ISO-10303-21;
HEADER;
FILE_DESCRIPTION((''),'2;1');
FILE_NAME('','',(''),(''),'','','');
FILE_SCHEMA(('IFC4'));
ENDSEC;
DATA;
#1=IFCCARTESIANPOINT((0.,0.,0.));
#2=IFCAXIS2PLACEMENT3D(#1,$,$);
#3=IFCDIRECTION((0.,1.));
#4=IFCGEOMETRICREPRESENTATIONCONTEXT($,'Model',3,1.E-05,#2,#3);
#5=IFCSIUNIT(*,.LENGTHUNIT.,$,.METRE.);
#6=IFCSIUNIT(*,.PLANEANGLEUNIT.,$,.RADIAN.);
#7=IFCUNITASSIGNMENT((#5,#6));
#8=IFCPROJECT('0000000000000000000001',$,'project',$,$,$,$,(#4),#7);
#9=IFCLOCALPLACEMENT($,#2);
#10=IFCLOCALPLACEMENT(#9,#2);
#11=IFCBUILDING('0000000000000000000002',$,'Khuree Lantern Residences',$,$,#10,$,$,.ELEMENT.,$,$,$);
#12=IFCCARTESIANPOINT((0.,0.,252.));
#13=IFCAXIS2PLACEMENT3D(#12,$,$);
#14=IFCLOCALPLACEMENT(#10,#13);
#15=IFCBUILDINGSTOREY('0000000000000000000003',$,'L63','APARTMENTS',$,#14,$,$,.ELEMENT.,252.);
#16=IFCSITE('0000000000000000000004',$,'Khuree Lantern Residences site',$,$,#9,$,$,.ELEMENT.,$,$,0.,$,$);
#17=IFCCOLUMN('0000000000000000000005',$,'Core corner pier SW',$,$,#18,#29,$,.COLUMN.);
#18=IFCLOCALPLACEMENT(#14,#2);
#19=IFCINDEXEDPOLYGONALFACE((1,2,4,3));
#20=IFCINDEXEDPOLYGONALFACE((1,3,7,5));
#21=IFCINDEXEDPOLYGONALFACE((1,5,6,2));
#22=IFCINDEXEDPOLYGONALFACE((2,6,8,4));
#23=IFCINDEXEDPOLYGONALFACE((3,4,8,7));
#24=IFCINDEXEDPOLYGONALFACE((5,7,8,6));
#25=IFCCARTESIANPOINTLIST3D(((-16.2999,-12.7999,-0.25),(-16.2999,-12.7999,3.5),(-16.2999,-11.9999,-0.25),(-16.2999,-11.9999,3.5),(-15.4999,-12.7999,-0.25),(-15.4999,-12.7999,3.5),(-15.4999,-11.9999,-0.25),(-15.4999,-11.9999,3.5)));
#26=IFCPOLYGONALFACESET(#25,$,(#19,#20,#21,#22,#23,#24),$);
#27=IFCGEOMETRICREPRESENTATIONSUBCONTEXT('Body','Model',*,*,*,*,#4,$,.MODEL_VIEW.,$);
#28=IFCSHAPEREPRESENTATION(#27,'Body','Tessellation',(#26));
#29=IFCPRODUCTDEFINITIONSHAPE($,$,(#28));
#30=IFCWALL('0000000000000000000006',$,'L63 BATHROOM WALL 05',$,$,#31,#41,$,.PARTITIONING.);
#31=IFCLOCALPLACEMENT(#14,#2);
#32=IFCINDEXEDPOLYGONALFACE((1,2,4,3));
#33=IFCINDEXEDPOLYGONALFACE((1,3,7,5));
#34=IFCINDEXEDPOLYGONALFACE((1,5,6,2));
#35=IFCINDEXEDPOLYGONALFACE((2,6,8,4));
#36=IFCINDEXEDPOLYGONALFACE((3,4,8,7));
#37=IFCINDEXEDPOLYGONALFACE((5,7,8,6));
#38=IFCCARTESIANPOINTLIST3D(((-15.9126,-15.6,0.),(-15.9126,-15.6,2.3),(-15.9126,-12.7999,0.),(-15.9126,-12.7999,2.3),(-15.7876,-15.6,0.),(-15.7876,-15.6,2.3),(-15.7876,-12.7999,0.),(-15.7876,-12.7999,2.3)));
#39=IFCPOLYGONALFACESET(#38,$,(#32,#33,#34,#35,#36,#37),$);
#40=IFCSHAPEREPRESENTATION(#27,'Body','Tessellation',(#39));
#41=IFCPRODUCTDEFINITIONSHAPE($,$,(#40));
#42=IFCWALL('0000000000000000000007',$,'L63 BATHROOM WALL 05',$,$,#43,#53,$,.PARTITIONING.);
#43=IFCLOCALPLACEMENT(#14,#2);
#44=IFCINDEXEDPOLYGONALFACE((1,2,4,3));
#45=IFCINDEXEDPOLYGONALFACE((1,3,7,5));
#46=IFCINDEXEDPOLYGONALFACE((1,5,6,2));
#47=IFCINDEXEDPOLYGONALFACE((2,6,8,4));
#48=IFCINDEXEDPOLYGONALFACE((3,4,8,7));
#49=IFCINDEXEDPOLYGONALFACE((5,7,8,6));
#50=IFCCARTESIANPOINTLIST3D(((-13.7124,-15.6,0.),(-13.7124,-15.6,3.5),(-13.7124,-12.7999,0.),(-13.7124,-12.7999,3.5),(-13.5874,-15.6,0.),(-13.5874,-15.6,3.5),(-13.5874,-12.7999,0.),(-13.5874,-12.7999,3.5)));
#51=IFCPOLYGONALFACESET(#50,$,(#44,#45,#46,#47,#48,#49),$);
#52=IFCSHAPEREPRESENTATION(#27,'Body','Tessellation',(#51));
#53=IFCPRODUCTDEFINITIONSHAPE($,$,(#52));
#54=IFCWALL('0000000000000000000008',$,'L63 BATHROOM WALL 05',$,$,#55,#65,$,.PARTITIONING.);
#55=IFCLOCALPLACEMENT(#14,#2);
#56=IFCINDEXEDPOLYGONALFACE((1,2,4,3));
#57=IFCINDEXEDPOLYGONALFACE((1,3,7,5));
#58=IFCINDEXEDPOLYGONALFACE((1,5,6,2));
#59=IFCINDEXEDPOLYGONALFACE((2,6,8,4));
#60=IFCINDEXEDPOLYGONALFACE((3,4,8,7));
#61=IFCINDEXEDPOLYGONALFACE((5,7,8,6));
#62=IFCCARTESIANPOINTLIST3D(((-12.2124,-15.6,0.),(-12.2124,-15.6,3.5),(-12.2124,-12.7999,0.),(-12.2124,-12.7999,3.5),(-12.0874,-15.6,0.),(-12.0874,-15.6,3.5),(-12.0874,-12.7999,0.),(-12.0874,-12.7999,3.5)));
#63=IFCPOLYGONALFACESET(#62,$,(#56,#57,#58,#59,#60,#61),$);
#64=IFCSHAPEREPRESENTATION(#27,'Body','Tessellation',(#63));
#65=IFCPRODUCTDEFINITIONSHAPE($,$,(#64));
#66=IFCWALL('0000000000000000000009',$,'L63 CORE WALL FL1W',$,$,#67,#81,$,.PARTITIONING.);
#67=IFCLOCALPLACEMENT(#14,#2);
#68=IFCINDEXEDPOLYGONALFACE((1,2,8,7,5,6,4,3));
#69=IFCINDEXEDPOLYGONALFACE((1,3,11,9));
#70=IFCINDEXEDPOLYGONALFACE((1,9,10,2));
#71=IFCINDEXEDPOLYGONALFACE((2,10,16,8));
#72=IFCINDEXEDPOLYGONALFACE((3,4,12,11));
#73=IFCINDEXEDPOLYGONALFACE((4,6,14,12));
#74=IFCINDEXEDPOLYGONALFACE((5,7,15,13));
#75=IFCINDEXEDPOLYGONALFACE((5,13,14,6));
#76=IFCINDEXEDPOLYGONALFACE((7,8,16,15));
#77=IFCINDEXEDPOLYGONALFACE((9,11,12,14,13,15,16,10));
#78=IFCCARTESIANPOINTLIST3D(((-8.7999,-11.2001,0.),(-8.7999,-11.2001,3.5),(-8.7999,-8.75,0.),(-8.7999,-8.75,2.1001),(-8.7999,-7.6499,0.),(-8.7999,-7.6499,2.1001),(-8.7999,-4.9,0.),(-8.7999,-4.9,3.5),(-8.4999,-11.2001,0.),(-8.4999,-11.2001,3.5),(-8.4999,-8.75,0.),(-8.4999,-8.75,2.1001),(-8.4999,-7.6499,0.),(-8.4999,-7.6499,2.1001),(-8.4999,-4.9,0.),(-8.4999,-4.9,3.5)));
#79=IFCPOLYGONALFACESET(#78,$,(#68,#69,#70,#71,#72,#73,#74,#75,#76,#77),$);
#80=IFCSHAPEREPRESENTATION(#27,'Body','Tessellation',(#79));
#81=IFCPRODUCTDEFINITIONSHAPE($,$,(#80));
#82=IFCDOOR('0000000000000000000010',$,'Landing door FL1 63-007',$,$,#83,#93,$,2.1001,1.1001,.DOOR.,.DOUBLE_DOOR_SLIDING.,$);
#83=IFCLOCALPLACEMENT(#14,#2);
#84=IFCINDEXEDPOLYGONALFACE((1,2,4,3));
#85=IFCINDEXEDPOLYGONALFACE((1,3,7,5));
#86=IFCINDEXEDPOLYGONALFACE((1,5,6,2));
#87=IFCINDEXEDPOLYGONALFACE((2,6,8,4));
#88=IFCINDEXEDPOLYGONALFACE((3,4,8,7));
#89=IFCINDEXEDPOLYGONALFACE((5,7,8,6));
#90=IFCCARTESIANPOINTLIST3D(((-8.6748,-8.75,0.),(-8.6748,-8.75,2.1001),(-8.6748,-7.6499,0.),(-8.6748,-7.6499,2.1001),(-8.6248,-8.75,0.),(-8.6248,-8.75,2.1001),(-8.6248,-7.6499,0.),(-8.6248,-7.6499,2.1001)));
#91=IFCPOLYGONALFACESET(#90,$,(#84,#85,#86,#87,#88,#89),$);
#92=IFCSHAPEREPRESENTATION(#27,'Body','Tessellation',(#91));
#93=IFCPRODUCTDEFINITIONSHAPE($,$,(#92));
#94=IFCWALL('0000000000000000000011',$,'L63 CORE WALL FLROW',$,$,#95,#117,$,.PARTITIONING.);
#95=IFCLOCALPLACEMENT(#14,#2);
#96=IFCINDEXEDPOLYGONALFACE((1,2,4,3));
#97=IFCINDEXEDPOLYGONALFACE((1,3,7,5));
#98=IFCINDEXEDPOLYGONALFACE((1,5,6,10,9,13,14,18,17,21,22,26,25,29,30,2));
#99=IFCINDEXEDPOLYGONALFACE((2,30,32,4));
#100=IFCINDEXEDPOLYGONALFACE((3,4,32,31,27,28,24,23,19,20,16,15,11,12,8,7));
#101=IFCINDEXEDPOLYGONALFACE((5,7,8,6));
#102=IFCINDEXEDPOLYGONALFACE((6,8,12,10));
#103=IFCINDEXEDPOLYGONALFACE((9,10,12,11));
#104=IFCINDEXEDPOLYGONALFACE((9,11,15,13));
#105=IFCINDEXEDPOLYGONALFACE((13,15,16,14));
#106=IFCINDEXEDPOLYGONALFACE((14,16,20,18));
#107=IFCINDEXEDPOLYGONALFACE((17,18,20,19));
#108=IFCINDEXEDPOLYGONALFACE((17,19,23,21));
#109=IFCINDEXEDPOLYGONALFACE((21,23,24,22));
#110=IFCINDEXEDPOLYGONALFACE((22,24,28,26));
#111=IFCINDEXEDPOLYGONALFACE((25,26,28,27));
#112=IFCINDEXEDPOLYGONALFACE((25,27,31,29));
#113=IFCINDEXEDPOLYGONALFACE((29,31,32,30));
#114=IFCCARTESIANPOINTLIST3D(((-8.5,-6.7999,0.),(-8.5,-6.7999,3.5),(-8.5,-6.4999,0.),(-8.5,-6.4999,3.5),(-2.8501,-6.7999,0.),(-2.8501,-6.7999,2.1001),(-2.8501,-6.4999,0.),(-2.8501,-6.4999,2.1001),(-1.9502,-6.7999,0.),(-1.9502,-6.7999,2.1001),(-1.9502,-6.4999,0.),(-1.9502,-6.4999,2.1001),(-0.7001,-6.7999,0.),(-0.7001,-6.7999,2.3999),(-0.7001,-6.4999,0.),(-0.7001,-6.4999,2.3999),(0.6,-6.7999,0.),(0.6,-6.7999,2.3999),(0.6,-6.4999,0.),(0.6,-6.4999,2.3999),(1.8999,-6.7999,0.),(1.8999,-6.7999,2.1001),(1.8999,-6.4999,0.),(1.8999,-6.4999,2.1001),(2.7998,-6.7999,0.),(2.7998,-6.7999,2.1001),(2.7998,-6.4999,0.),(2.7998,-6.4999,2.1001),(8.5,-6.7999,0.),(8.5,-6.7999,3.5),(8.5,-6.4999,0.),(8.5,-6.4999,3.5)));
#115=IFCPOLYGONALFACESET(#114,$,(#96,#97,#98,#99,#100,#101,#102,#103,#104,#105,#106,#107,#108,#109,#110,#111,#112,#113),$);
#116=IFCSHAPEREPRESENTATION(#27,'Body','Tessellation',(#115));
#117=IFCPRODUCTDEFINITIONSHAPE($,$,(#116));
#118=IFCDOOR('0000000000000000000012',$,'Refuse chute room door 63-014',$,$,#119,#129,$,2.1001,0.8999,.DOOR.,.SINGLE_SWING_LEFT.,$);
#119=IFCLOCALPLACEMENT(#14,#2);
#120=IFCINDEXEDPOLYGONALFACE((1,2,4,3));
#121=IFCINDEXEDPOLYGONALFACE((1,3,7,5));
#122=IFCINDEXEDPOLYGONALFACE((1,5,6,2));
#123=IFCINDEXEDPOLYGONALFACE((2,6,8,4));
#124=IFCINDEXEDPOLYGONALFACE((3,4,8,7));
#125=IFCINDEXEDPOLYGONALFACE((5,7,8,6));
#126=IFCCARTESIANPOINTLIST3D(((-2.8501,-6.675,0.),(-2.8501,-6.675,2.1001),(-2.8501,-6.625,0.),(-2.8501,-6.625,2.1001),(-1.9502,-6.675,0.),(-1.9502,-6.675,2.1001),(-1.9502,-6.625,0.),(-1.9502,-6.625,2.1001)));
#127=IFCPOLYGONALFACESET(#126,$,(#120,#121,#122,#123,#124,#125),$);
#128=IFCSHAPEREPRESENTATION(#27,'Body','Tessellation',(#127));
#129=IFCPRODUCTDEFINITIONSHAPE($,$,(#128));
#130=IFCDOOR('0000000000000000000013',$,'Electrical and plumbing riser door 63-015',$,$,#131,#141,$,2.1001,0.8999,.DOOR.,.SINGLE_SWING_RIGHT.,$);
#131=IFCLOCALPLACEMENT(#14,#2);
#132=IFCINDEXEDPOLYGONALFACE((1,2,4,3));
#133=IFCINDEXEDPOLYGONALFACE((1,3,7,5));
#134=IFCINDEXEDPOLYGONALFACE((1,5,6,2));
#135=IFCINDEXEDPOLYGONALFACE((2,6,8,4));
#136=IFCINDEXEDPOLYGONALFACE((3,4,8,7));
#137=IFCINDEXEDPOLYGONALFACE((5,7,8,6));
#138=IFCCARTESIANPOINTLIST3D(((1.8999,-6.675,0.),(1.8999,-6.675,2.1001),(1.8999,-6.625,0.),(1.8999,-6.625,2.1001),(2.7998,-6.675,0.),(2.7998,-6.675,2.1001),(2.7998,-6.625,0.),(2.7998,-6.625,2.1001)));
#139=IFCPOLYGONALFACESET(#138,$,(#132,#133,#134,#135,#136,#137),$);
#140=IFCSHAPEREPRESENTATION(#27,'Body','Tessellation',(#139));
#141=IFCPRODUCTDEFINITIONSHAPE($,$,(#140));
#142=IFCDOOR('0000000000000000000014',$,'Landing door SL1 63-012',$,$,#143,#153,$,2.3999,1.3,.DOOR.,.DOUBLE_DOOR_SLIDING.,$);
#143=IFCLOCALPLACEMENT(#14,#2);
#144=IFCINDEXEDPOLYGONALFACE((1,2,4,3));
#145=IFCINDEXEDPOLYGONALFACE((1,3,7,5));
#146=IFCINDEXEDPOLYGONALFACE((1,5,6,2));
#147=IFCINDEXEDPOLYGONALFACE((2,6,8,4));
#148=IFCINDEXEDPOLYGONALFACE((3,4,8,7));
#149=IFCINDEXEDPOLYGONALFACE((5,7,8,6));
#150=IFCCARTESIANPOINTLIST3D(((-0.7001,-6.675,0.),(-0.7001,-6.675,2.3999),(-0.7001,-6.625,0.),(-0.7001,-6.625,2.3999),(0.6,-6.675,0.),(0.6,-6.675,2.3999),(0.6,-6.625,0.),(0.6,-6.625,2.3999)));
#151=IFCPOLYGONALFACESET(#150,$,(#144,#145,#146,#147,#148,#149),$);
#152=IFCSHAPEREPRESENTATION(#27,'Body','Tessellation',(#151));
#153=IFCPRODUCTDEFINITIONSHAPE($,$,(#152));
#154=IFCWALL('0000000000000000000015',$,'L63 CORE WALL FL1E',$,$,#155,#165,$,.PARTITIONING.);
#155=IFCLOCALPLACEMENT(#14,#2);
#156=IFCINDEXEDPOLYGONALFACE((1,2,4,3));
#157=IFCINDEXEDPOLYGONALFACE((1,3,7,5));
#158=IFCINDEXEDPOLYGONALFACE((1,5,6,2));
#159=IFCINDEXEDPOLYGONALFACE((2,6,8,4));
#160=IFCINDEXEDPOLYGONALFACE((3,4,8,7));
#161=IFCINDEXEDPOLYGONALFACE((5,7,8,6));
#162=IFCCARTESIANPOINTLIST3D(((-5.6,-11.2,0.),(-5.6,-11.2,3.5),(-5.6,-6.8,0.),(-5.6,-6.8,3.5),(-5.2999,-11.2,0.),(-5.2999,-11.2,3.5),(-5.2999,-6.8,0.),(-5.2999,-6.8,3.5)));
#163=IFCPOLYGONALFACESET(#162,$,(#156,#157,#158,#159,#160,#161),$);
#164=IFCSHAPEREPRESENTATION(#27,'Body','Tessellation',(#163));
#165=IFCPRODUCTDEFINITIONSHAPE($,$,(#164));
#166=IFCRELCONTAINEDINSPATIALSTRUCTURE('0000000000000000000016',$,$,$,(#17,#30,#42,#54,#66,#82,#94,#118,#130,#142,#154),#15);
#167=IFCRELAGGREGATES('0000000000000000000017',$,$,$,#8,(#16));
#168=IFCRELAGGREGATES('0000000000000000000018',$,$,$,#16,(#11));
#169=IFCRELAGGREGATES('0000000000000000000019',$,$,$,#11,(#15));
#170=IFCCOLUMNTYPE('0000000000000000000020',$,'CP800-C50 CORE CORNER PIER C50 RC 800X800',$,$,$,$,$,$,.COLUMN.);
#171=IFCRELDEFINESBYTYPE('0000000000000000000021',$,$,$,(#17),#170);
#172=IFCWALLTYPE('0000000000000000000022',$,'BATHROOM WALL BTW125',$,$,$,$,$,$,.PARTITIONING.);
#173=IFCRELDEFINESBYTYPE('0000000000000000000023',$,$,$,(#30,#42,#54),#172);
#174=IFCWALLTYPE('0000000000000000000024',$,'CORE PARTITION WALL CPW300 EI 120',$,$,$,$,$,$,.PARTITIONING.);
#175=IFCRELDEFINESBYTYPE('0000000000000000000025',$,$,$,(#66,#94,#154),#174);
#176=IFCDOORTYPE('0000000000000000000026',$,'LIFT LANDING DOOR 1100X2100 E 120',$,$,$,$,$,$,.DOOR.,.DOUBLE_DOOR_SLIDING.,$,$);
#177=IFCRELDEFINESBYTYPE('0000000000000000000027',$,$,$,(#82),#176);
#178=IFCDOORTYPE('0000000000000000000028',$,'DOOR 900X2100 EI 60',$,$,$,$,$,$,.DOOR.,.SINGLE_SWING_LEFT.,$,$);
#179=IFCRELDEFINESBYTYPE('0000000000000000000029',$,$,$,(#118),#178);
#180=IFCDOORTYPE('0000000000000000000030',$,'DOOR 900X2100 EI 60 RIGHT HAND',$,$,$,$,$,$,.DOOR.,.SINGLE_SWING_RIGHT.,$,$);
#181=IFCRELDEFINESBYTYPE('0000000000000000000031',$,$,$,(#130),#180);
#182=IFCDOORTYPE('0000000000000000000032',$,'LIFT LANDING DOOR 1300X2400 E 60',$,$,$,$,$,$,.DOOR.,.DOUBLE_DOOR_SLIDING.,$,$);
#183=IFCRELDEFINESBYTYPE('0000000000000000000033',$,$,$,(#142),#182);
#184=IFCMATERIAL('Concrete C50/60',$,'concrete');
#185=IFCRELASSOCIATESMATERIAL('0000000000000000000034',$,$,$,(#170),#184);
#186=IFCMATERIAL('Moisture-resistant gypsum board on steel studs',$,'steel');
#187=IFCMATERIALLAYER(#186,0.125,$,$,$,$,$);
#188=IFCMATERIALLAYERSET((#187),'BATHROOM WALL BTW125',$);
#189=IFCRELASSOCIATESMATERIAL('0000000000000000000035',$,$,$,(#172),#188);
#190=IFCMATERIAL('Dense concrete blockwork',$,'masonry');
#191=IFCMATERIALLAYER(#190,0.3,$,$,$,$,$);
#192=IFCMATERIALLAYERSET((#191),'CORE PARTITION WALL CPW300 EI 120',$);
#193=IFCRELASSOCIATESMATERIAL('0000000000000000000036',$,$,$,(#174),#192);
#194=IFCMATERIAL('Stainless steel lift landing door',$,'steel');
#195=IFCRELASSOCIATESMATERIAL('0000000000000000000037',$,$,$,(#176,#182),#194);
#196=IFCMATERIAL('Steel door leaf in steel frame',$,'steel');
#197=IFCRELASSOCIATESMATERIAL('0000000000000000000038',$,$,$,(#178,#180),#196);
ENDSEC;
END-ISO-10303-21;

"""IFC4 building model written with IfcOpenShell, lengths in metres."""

from ifc_helpers import new_model, si_unit, direction, frame, frame_2d, origin, origin_2d, place, context, subcontext, project, spatial, rectangle, extrude, material, layer, layer_set, material_profile, profile_set, type_object, element, fill, save


model = new_model("IFC4")

# Units and contexts
model_context = context("Model", 3, precision=1e-05, world=origin(), true_north=direction((0.0, 1.0)))
body_context = subcontext(model_context, "Body", "Model", "MODEL_VIEW")
ifc_project = project(units=[si_unit("LENGTHUNIT", "METRE"), si_unit("PLANEANGLEUNIT", "RADIAN")], contexts=[model_context])

# Site, building, storey
site_placement = place(None, origin())
site = spatial("IfcSite", under=ifc_project, at=site_placement, Name="Khuree Lantern Residences site", CompositionType="ELEMENT", RefElevation=0.0)
building_placement = place(site_placement, origin())
building = spatial("IfcBuilding", under=site, at=building_placement, Name="Khuree Lantern Residences", CompositionType="ELEMENT")
storey_placement = place(building_placement, frame((0.0, 0.0, 252.0)))
storey = spatial("IfcBuildingStorey", under=building, at=storey_placement, Name="L63", Description="APARTMENTS", CompositionType="ELEMENT", Elevation=252.0)

# Column
ifc_material_1 = material(Name="Concrete C50/60", Category="concrete")
ifc_material_profile = material_profile(ifc_material_1, rectangle(XDim=0.8, YDim=0.8, at=origin_2d()), Name="RC 800X800")
ifc_profile_set = profile_set([ifc_material_profile], Name="Concrete C50/60")
column_type = type_object("IfcColumnType", Name="CP800-C50 CORE CORNER PIER C50 RC 800X800", PredefinedType="COLUMN", material=ifc_profile_set)
column_placement = place(storey_placement, frame((-15.8999, -12.3999, -0.25), z_axis=(0.0, 0.0, 1.0), x_axis=(1.0, 0.0, 0.0)))
element("IfcColumn", 1, at=column_placement, inside=storey, type_object=column_type, Name="Core corner pier SW", PredefinedType="COLUMN", context=body_context, shape_type="SweptSolid", body=[
    extrude(rectangle(XDim=0.8, YDim=0.8, at=origin_2d()), origin(), (0.0, 0.0, 1.0), 3.75),
])

# Walls
ifc_material_2 = material(Name="Moisture-resistant gypsum board on steel studs", Category="steel")
ifc_layer_1 = layer(ifc_material_2, 0.125)
ifc_layer_set_1 = layer_set([ifc_layer_1], Name="BATHROOM WALL BTW125")
wall_type_1 = type_object("IfcWallType", Name="BATHROOM WALL BTW125", PredefinedType="PARTITIONING", material=ifc_layer_set_1)
wall_1_placement = place(storey_placement, frame((-15.8501, -12.8, 0.0), z_axis=(0.0, 0.0, 1.0), x_axis=(0.0, -1.0, 0.0)))
element("IfcWall", 2, at=wall_1_placement, inside=storey, type_object=wall_type_1, Name="L63 BATHROOM WALL 05", PredefinedType="PARTITIONING", context=body_context, shape_type="SweptSolid", body=[
    extrude(rectangle(XDim=2.8, YDim=0.125, at=frame_2d((1.3999, 0.0))), origin(), (0.0, 0.0, 1.0), 2.3),
])
for number, where, z_axis, x_axis, name in (
    (3, (-13.6499, -12.8, 0.0), (0.0, 0.0, 1.0), (0.0, -1.0, 0.0), "L63 BATHROOM WALL 05"),
    (4, (-12.1499, -12.8, 0.0), (0.0, 0.0, 1.0), (0.0, -1.0, 0.0), "L63 BATHROOM WALL 05"),
):
    element("IfcWall", number, at=place(storey_placement, frame(where, z_axis=z_axis, x_axis=x_axis)), inside=storey, type_object=wall_type_1, Name=name, PredefinedType="PARTITIONING", context=body_context, shape_type="SweptSolid", body=[
        extrude(rectangle(XDim=2.8, YDim=0.125, at=frame_2d((1.3999, 0.0))), origin(), (0.0, 0.0, 1.0), 3.5),
    ])

# Wall, opening, door
ifc_material_3 = material(Name="Dense concrete blockwork", Category="masonry")
ifc_layer_2 = layer(ifc_material_3, 0.3)
ifc_layer_set_2 = layer_set([ifc_layer_2], Name="CORE PARTITION WALL CPW300 EI 120")
wall_type_2 = type_object("IfcWallType", Name="CORE PARTITION WALL CPW300 EI 120", PredefinedType="PARTITIONING", material=ifc_layer_set_2)
wall_2_placement = place(storey_placement, frame((-8.6499, -11.2, 0.0), z_axis=(0.0, 0.0, 1.0), x_axis=(0.0, 1.0, 0.0)))
wall_2 = element("IfcWall", 5, at=wall_2_placement, inside=storey, type_object=wall_type_2, Name="L63 CORE WALL FL1W", PredefinedType="PARTITIONING", context=body_context, shape_type="SweptSolid", body=[
    extrude(rectangle(XDim=6.3, YDim=0.3, at=frame_2d((3.1499, 0.0))), origin(), (0.0, 0.0, 1.0), 3.5),
])
opening_1_placement = place(wall_2_placement, frame((2.45, 0.0, 0.0)))
opening_1 = element("IfcOpeningElement", 6, at=opening_1_placement, cuts=wall_2, PredefinedType="OPENING", context=body_context, shape_type="SweptSolid", body=[
    extrude(rectangle(XDim=1.1001, YDim=2.1001, at=frame_2d((0.55, 1.05))), frame((0.0, 0.1602, 0.0), z_axis=(0.0, -1.0, 0.0), x_axis=(1.0, 0.0, 0.0)), (0.0, 0.0, 1.0), 0.3201),
])
ifc_material_4 = material(Name="Stainless steel lift landing door", Category="steel")
door_type_1 = type_object("IfcDoorType", Name="LIFT LANDING DOOR 1100X2100 E 120", OperationType="DOUBLE_DOOR_SLIDING", PredefinedType="DOOR", material=ifc_material_4)
door_1_placement = place(opening_1_placement, origin())
door_1 = element("IfcDoor", 7, at=door_1_placement, inside=storey, type_object=door_type_1, Name="Landing door FL1 63-007", OperationType="DOUBLE_DOOR_SLIDING", OverallHeight=2.1001, OverallWidth=1.1001, PredefinedType="DOOR", context=body_context, shape_type="SweptSolid", body=[
    extrude(rectangle(XDim=1.1001, YDim=2.1001, at=frame_2d((0.55, 1.05))), frame((0.0, 0.0249, 0.0), z_axis=(0.0, -1.0, 0.0), x_axis=(1.0, 0.0, 0.0)), (0.0, 0.0, 1.0), 0.05),
])
fill(opening_1, door_1)

# Wall, openings, doors
wall_3_placement = place(storey_placement, frame((-8.5, -6.6499, 0.0), z_axis=(0.0, 0.0, 1.0), x_axis=(1.0, 0.0, 0.0)))
wall_3 = element("IfcWall", 8, at=wall_3_placement, inside=storey, type_object=wall_type_2, Name="L63 CORE WALL FLROW", PredefinedType="PARTITIONING", context=body_context, shape_type="SweptSolid", body=[
    extrude(rectangle(XDim=17.0, YDim=0.3, at=frame_2d((8.5, 0.0))), origin(), (0.0, 0.0, 1.0), 3.5),
])
opening_2_placement = place(wall_3_placement, frame((7.8, 0.0, 0.0)))
opening_2 = element("IfcOpeningElement", 9, at=opening_2_placement, cuts=wall_3, PredefinedType="OPENING", context=body_context, shape_type="SweptSolid", body=[
    extrude(rectangle(XDim=1.3, YDim=2.3999, at=frame_2d((0.6499, 1.2))), frame((0.0, 0.1602, 0.0), z_axis=(0.0, -1.0, 0.0), x_axis=(1.0, 0.0, 0.0)), (0.0, 0.0, 1.0), 0.3201),
])
opening_3_placement = place(wall_3_placement, frame((5.6499, 0.0, 0.0)))
opening_3 = element("IfcOpeningElement", 10, at=opening_3_placement, cuts=wall_3, PredefinedType="OPENING", context=body_context, shape_type="SweptSolid", body=[
    extrude(rectangle(XDim=0.8999, YDim=2.1001, at=frame_2d((0.45, 1.05))), frame((0.0, 0.1602, 0.0), z_axis=(0.0, -1.0, 0.0), x_axis=(1.0, 0.0, 0.0)), (0.0, 0.0, 1.0), 0.3201),
])
opening_4_placement = place(wall_3_placement, frame((10.3999, 0.0, 0.0)))
opening_4 = element("IfcOpeningElement", 11, at=opening_4_placement, cuts=wall_3, PredefinedType="OPENING", context=body_context, shape_type="SweptSolid", body=[
    extrude(rectangle(XDim=0.8999, YDim=2.1001, at=frame_2d((0.45, 1.05))), frame((0.0, 0.1602, 0.0), z_axis=(0.0, -1.0, 0.0), x_axis=(1.0, 0.0, 0.0)), (0.0, 0.0, 1.0), 0.3201),
])
ifc_material_5 = material(Name="Steel door leaf in steel frame", Category="steel")
door_type_2 = type_object("IfcDoorType", Name="DOOR 900X2100 EI 60", OperationType="SINGLE_SWING_LEFT", PredefinedType="DOOR", material=ifc_material_5)
door_2_placement = place(opening_3_placement, origin())
door_2 = element("IfcDoor", 12, at=door_2_placement, inside=storey, type_object=door_type_2, Name="Refuse chute room door 63-014", OperationType="SINGLE_SWING_LEFT", OverallHeight=2.1001, OverallWidth=0.8999, PredefinedType="DOOR", context=body_context, shape_type="SweptSolid", body=[
    extrude(rectangle(XDim=0.8999, YDim=2.1001, at=frame_2d((0.45, 1.05))), frame((0.0, 0.0249, 0.0), z_axis=(0.0, -1.0, 0.0), x_axis=(1.0, 0.0, 0.0)), (0.0, 0.0, 1.0), 0.05),
])
fill(opening_3, door_2)
door_type_3 = type_object("IfcDoorType", Name="DOOR 900X2100 EI 60 RIGHT HAND", OperationType="SINGLE_SWING_RIGHT", PredefinedType="DOOR", material=ifc_material_5)
door_3_placement = place(opening_4_placement, origin())
door_3 = element("IfcDoor", 13, at=door_3_placement, inside=storey, type_object=door_type_3, Name="Electrical and plumbing riser door 63-015", OperationType="SINGLE_SWING_RIGHT", OverallHeight=2.1001, OverallWidth=0.8999, PredefinedType="DOOR", context=body_context, shape_type="SweptSolid", body=[
    extrude(rectangle(XDim=0.8999, YDim=2.1001, at=frame_2d((0.45, 1.05))), frame((0.0, 0.0249, 0.0), z_axis=(0.0, -1.0, 0.0), x_axis=(1.0, 0.0, 0.0)), (0.0, 0.0, 1.0), 0.05),
])
fill(opening_4, door_3)
door_type_4 = type_object("IfcDoorType", Name="LIFT LANDING DOOR 1300X2400 E 60", OperationType="DOUBLE_DOOR_SLIDING", PredefinedType="DOOR", material=ifc_material_4)
door_4_placement = place(opening_2_placement, origin())
door_4 = element("IfcDoor", 14, at=door_4_placement, inside=storey, type_object=door_type_4, Name="Landing door SL1 63-012", OperationType="DOUBLE_DOOR_SLIDING", OverallHeight=2.3999, OverallWidth=1.3, PredefinedType="DOOR", context=body_context, shape_type="SweptSolid", body=[
    extrude(rectangle(XDim=1.3, YDim=2.3999, at=frame_2d((0.6499, 1.2))), frame((0.0, 0.0249, 0.0), z_axis=(0.0, -1.0, 0.0), x_axis=(1.0, 0.0, 0.0)), (0.0, 0.0, 1.0), 0.05),
])
fill(opening_2, door_4)

# Wall
for number, where, z_axis, x_axis, name in (
    (15, (-5.45, -11.2, 0.0), (0.0, 0.0, 1.0), (0.0, 1.0, 0.0), "L63 CORE WALL FL1E"),
):
    element("IfcWall", number, at=place(storey_placement, frame(where, z_axis=z_axis, x_axis=x_axis)), inside=storey, type_object=wall_type_2, Name=name, PredefinedType="PARTITIONING", context=body_context, shape_type="SweptSolid", body=[
        extrude(rectangle(XDim=4.3999, YDim=0.3, at=frame_2d((2.2, 0.0))), origin(), (0.0, 0.0, 1.0), 3.5),
    ])

save(model, "model.ifc")
